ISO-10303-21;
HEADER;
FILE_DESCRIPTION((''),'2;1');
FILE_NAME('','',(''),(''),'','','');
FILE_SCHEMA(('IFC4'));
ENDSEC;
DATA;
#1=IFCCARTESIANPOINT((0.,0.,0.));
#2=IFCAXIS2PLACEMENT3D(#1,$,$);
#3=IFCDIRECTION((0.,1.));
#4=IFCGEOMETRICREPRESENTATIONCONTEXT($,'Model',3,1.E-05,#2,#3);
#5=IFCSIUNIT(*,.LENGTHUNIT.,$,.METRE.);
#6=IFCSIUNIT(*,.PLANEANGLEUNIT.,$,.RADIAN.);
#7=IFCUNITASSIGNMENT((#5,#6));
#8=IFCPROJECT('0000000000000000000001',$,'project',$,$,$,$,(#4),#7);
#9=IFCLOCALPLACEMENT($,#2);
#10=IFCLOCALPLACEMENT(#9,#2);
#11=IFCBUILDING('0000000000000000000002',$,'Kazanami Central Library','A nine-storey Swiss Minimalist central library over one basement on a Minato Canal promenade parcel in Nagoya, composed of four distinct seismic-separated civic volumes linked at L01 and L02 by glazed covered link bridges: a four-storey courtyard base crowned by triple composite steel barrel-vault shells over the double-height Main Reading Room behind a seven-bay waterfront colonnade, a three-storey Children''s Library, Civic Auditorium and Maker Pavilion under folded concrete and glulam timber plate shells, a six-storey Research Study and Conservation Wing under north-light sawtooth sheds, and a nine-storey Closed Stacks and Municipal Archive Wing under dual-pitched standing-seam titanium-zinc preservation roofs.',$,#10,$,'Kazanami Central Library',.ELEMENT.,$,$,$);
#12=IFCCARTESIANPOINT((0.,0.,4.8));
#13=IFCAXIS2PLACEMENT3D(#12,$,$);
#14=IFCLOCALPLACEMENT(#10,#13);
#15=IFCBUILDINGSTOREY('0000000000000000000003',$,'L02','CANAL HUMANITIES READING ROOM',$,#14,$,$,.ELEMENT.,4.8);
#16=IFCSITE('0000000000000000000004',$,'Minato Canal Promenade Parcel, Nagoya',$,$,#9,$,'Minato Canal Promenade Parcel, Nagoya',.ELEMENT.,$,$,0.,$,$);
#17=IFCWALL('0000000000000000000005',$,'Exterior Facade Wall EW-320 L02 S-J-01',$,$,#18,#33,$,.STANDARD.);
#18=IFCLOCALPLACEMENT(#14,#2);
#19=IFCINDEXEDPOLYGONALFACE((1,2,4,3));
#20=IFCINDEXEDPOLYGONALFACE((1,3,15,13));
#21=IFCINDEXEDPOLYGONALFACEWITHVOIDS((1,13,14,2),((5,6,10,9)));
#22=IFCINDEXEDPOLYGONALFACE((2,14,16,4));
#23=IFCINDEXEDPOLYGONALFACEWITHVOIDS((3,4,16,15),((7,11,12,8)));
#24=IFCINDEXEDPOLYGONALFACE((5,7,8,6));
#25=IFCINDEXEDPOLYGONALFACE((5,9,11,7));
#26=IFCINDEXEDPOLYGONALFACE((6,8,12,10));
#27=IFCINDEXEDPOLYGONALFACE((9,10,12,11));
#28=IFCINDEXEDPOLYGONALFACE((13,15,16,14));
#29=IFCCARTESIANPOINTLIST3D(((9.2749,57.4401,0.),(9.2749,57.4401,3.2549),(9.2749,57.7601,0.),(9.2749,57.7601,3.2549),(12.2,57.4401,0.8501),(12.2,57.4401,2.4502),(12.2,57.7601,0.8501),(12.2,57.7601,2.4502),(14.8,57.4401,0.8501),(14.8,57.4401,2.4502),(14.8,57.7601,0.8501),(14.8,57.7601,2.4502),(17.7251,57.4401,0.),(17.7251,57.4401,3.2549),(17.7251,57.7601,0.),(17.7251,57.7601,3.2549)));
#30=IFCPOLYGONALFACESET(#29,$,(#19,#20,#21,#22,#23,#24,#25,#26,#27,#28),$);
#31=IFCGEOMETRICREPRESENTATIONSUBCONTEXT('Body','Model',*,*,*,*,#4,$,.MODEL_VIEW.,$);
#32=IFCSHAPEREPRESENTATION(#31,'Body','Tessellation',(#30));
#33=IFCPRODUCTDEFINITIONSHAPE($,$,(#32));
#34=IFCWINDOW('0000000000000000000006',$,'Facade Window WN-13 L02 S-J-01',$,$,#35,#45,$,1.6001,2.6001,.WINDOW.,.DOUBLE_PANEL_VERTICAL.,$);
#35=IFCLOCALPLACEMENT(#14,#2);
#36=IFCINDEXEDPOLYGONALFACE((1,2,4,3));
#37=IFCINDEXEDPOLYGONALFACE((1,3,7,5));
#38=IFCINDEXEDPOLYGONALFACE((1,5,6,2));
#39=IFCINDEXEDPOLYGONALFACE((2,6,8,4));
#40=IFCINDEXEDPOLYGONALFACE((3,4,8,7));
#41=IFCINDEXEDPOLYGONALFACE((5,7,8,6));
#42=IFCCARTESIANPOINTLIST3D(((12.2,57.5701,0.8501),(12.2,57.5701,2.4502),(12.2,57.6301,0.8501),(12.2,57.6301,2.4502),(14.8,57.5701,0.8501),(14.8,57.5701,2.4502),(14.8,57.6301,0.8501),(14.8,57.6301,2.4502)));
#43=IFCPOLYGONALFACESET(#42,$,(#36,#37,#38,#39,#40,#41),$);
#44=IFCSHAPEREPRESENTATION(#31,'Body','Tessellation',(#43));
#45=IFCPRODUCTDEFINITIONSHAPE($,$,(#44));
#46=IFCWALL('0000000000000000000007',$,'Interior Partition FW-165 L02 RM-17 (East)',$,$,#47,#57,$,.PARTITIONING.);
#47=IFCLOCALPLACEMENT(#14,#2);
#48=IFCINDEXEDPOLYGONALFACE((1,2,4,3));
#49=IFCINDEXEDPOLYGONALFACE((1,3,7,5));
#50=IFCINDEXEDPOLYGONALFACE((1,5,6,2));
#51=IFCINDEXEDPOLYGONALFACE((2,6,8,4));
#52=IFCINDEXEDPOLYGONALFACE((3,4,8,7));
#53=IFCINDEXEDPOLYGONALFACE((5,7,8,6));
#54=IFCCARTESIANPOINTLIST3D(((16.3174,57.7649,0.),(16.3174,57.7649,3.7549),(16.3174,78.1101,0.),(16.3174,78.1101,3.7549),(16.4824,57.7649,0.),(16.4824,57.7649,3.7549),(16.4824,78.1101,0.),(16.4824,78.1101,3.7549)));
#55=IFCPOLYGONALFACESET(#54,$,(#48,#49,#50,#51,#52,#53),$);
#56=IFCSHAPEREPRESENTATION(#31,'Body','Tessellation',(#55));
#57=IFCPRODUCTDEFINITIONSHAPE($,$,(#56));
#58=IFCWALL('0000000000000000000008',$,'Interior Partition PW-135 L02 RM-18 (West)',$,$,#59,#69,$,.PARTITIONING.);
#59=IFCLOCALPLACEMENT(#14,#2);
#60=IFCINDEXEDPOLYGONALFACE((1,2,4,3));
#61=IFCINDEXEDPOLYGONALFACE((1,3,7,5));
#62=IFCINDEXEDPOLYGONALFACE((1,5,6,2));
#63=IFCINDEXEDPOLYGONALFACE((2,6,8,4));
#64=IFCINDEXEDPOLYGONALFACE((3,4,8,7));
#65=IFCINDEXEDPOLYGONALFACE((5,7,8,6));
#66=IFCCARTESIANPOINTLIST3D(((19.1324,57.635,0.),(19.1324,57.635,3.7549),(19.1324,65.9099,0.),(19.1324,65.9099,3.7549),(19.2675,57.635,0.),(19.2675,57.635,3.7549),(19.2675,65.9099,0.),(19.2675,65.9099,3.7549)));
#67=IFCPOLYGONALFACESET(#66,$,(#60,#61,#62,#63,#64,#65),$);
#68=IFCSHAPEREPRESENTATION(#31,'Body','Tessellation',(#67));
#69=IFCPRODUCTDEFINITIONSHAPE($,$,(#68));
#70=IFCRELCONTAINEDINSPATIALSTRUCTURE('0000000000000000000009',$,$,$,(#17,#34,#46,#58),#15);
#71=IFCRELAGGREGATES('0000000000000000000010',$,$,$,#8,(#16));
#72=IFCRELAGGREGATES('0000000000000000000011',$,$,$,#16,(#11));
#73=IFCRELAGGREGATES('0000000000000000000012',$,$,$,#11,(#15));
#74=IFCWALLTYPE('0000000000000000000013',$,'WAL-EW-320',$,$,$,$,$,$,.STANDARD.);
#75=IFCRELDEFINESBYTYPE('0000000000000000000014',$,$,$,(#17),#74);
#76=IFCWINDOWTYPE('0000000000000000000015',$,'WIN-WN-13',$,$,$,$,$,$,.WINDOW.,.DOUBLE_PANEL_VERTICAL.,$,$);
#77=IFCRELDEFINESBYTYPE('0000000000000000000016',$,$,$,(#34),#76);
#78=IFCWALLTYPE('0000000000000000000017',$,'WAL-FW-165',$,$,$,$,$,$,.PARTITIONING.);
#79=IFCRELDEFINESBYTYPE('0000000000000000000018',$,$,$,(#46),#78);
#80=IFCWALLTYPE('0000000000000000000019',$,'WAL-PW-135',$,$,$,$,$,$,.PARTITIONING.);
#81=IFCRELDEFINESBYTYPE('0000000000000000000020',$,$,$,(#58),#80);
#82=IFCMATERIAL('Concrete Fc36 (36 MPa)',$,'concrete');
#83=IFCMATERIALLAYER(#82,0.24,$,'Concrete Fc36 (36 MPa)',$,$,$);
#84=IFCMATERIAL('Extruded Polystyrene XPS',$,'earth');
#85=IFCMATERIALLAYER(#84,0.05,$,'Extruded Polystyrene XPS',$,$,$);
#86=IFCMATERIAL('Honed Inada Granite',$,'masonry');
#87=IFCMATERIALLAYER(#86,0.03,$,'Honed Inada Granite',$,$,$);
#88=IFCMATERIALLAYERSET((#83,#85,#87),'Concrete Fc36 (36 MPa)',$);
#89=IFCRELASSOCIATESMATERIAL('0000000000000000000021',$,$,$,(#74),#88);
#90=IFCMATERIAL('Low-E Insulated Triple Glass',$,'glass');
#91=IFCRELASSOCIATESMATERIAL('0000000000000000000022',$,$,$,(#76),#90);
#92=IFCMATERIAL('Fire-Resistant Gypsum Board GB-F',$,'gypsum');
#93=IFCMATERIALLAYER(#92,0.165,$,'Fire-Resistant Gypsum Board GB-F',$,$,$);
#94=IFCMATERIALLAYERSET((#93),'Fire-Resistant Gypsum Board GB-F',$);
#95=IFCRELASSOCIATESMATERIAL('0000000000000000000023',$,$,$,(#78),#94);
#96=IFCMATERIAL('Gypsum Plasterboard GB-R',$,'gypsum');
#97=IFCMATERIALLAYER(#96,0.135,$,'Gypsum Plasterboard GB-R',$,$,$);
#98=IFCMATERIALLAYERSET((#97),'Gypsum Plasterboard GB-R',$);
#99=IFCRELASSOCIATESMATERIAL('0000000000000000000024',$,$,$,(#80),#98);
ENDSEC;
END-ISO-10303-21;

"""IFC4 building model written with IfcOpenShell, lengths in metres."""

from ifc_helpers import new_model, si_unit, direction, frame, frame_2d, origin, place, context, subcontext, project, spatial, rectangle, extrude, material, layer, layer_set, type_object, element, fill, save


model = new_model("IFC4")

# Units and contexts
model_context = context("Model", 3, precision=1e-05, world=origin(), true_north=direction((0.0, 1.0)))
body_context = subcontext(model_context, "Body", "Model", "MODEL_VIEW")
ifc_project = project(units=[si_unit("LENGTHUNIT", "METRE"), si_unit("PLANEANGLEUNIT", "RADIAN")], contexts=[model_context])

# Site, building, storey
site_placement = place(None, origin())
site = spatial("IfcSite", under=ifc_project, at=site_placement, Name="Minato Canal Promenade Parcel, Nagoya", LongName="Minato Canal Promenade Parcel, Nagoya", CompositionType="ELEMENT", RefElevation=0.0)
building_placement = place(site_placement, origin())
building = spatial("IfcBuilding", under=site, at=building_placement, Name="Kazanami Central Library", Description="A nine-storey Swiss Minimalist central library over one basement on a Minato Canal promenade parcel in Nagoya, composed of four distinct seismic-separated civic volumes linked at L01 and L02 by glazed covered link bridges: a four-storey courtyard base crowned by triple composite steel barrel-vault shells over the double-height Main Reading Room behind a seven-bay waterfront colonnade, a three-storey Children's Library, Civic Auditorium and Maker Pavilion under folded concrete and glulam timber plate shells, a six-storey Research Study and Conservation Wing under north-light sawtooth sheds, and a nine-storey Closed Stacks and Municipal Archive Wing under dual-pitched standing-seam titanium-zinc preservation roofs.", LongName="Kazanami Central Library", CompositionType="ELEMENT")
storey_placement = place(building_placement, frame((0.0, 0.0, 4.8)))
storey = spatial("IfcBuildingStorey", under=building, at=storey_placement, Name="L02", Description="CANAL HUMANITIES READING ROOM", CompositionType="ELEMENT", Elevation=4.8)

# Wall, opening, window
ifc_material_1 = material(Name="Concrete Fc36 (36 MPa)", Category="concrete")
ifc_layer_1 = layer(ifc_material_1, 0.24, Name="Concrete Fc36 (36 MPa)")
ifc_material_2 = material(Name="Extruded Polystyrene XPS", Category="earth")
ifc_layer_2 = layer(ifc_material_2, 0.05, Name="Extruded Polystyrene XPS")
ifc_material_3 = material(Name="Honed Inada Granite", Category="masonry")
ifc_layer_3 = layer(ifc_material_3, 0.03, Name="Honed Inada Granite")
ifc_layer_set_1 = layer_set([ifc_layer_1, ifc_layer_2, ifc_layer_3], Name="Concrete Fc36 (36 MPa)")
wall_type_1 = type_object("IfcWallType", Name="WAL-EW-320", PredefinedType="STANDARD", material=ifc_layer_set_1)
wall_1_placement = place(storey_placement, frame((9.2749, 57.6001, 0.0), z_axis=(0.0, 0.0, 1.0), x_axis=(1.0, 0.0, 0.0)))
wall_1 = element("IfcWall", 1, at=wall_1_placement, inside=storey, type_object=wall_type_1, Name="Exterior Facade Wall EW-320 L02 S-J-01", PredefinedType="STANDARD", context=body_context, shape_type="SweptSolid", body=[
    extrude(rectangle(XDim=8.4502, YDim=0.3201, at=frame_2d((4.2251, 0.0))), origin(), (0.0, 0.0, 1.0), 3.2549),
])
opening_placement = place(wall_1_placement, frame((2.925, 0.0, 0.8501)))
opening = element("IfcOpeningElement", 2, at=opening_placement, cuts=wall_1, PredefinedType="OPENING", context=body_context, shape_type="SweptSolid", body=[
    extrude(rectangle(XDim=2.6001, YDim=1.6001, at=frame_2d((1.3, 0.8))), frame((0.0, 0.1719, 0.0), z_axis=(0.0, -1.0, 0.0), x_axis=(1.0, 0.0, 0.0)), (0.0, 0.0, 1.0), 0.344),
])
ifc_material_4 = material(Name="Low-E Insulated Triple Glass", Category="glass")
window_type = type_object("IfcWindowType", Name="WIN-WN-13", PartitioningType="DOUBLE_PANEL_VERTICAL", PredefinedType="WINDOW", material=ifc_material_4)
window_placement = place(opening_placement, origin())
window = element("IfcWindow", 3, at=window_placement, inside=storey, type_object=window_type, Name="Facade Window WN-13 L02 S-J-01", OverallHeight=1.6001, OverallWidth=2.6001, PartitioningType="DOUBLE_PANEL_VERTICAL", PredefinedType="WINDOW", context=body_context, shape_type="SweptSolid", body=[
    extrude(rectangle(XDim=2.6001, YDim=1.6001, at=frame_2d((1.3, 0.8))), frame((0.0, 0.03, 0.0), z_axis=(0.0, -1.0, 0.0), x_axis=(1.0, 0.0, 0.0)), (0.0, 0.0, 1.0), 0.0601),
])
fill(opening, window)

# Walls
ifc_material_5 = material(Name="Fire-Resistant Gypsum Board GB-F", Category="gypsum")
ifc_layer_4 = layer(ifc_material_5, 0.165, Name="Fire-Resistant Gypsum Board GB-F")
ifc_layer_set_2 = layer_set([ifc_layer_4], Name="Fire-Resistant Gypsum Board GB-F")
wall_type_2 = type_object("IfcWallType", Name="WAL-FW-165", PredefinedType="PARTITIONING", material=ifc_layer_set_2)
wall_2_placement = place(storey_placement, frame((16.3999, 57.7649, 0.0), z_axis=(0.0, 0.0, 1.0), x_axis=(0.0, 1.0, 0.0)))
element("IfcWall", 4, at=wall_2_placement, inside=storey, type_object=wall_type_2, Name="Interior Partition FW-165 L02 RM-17 (East)", PredefinedType="PARTITIONING", context=body_context, shape_type="SweptSolid", body=[
    extrude(rectangle(XDim=20.3452, YDim=0.165, at=frame_2d((10.1726, 0.0))), origin(), (0.0, 0.0, 1.0), 3.7549),
])
ifc_material_6 = material(Name="Gypsum Plasterboard GB-R", Category="gypsum")
ifc_layer_5 = layer(ifc_material_6, 0.135, Name="Gypsum Plasterboard GB-R")
ifc_layer_set_3 = layer_set([ifc_layer_5], Name="Gypsum Plasterboard GB-R")
wall_type_3 = type_object("IfcWallType", Name="WAL-PW-135", PredefinedType="PARTITIONING", material=ifc_layer_set_3)
wall_3_placement = place(storey_placement, frame((19.2, 57.635, 0.0), z_axis=(0.0, 0.0, 1.0), x_axis=(0.0, 1.0, 0.0)))
element("IfcWall", 5, at=wall_3_placement, inside=storey, type_object=wall_type_3, Name="Interior Partition PW-135 L02 RM-18 (West)", PredefinedType="PARTITIONING", context=body_context, shape_type="SweptSolid", body=[
    extrude(rectangle(XDim=8.2749, YDim=0.135, at=frame_2d((4.1375, 0.0))), origin(), (0.0, 0.0, 1.0), 3.7549),
])

save(model, "model.ifc")
